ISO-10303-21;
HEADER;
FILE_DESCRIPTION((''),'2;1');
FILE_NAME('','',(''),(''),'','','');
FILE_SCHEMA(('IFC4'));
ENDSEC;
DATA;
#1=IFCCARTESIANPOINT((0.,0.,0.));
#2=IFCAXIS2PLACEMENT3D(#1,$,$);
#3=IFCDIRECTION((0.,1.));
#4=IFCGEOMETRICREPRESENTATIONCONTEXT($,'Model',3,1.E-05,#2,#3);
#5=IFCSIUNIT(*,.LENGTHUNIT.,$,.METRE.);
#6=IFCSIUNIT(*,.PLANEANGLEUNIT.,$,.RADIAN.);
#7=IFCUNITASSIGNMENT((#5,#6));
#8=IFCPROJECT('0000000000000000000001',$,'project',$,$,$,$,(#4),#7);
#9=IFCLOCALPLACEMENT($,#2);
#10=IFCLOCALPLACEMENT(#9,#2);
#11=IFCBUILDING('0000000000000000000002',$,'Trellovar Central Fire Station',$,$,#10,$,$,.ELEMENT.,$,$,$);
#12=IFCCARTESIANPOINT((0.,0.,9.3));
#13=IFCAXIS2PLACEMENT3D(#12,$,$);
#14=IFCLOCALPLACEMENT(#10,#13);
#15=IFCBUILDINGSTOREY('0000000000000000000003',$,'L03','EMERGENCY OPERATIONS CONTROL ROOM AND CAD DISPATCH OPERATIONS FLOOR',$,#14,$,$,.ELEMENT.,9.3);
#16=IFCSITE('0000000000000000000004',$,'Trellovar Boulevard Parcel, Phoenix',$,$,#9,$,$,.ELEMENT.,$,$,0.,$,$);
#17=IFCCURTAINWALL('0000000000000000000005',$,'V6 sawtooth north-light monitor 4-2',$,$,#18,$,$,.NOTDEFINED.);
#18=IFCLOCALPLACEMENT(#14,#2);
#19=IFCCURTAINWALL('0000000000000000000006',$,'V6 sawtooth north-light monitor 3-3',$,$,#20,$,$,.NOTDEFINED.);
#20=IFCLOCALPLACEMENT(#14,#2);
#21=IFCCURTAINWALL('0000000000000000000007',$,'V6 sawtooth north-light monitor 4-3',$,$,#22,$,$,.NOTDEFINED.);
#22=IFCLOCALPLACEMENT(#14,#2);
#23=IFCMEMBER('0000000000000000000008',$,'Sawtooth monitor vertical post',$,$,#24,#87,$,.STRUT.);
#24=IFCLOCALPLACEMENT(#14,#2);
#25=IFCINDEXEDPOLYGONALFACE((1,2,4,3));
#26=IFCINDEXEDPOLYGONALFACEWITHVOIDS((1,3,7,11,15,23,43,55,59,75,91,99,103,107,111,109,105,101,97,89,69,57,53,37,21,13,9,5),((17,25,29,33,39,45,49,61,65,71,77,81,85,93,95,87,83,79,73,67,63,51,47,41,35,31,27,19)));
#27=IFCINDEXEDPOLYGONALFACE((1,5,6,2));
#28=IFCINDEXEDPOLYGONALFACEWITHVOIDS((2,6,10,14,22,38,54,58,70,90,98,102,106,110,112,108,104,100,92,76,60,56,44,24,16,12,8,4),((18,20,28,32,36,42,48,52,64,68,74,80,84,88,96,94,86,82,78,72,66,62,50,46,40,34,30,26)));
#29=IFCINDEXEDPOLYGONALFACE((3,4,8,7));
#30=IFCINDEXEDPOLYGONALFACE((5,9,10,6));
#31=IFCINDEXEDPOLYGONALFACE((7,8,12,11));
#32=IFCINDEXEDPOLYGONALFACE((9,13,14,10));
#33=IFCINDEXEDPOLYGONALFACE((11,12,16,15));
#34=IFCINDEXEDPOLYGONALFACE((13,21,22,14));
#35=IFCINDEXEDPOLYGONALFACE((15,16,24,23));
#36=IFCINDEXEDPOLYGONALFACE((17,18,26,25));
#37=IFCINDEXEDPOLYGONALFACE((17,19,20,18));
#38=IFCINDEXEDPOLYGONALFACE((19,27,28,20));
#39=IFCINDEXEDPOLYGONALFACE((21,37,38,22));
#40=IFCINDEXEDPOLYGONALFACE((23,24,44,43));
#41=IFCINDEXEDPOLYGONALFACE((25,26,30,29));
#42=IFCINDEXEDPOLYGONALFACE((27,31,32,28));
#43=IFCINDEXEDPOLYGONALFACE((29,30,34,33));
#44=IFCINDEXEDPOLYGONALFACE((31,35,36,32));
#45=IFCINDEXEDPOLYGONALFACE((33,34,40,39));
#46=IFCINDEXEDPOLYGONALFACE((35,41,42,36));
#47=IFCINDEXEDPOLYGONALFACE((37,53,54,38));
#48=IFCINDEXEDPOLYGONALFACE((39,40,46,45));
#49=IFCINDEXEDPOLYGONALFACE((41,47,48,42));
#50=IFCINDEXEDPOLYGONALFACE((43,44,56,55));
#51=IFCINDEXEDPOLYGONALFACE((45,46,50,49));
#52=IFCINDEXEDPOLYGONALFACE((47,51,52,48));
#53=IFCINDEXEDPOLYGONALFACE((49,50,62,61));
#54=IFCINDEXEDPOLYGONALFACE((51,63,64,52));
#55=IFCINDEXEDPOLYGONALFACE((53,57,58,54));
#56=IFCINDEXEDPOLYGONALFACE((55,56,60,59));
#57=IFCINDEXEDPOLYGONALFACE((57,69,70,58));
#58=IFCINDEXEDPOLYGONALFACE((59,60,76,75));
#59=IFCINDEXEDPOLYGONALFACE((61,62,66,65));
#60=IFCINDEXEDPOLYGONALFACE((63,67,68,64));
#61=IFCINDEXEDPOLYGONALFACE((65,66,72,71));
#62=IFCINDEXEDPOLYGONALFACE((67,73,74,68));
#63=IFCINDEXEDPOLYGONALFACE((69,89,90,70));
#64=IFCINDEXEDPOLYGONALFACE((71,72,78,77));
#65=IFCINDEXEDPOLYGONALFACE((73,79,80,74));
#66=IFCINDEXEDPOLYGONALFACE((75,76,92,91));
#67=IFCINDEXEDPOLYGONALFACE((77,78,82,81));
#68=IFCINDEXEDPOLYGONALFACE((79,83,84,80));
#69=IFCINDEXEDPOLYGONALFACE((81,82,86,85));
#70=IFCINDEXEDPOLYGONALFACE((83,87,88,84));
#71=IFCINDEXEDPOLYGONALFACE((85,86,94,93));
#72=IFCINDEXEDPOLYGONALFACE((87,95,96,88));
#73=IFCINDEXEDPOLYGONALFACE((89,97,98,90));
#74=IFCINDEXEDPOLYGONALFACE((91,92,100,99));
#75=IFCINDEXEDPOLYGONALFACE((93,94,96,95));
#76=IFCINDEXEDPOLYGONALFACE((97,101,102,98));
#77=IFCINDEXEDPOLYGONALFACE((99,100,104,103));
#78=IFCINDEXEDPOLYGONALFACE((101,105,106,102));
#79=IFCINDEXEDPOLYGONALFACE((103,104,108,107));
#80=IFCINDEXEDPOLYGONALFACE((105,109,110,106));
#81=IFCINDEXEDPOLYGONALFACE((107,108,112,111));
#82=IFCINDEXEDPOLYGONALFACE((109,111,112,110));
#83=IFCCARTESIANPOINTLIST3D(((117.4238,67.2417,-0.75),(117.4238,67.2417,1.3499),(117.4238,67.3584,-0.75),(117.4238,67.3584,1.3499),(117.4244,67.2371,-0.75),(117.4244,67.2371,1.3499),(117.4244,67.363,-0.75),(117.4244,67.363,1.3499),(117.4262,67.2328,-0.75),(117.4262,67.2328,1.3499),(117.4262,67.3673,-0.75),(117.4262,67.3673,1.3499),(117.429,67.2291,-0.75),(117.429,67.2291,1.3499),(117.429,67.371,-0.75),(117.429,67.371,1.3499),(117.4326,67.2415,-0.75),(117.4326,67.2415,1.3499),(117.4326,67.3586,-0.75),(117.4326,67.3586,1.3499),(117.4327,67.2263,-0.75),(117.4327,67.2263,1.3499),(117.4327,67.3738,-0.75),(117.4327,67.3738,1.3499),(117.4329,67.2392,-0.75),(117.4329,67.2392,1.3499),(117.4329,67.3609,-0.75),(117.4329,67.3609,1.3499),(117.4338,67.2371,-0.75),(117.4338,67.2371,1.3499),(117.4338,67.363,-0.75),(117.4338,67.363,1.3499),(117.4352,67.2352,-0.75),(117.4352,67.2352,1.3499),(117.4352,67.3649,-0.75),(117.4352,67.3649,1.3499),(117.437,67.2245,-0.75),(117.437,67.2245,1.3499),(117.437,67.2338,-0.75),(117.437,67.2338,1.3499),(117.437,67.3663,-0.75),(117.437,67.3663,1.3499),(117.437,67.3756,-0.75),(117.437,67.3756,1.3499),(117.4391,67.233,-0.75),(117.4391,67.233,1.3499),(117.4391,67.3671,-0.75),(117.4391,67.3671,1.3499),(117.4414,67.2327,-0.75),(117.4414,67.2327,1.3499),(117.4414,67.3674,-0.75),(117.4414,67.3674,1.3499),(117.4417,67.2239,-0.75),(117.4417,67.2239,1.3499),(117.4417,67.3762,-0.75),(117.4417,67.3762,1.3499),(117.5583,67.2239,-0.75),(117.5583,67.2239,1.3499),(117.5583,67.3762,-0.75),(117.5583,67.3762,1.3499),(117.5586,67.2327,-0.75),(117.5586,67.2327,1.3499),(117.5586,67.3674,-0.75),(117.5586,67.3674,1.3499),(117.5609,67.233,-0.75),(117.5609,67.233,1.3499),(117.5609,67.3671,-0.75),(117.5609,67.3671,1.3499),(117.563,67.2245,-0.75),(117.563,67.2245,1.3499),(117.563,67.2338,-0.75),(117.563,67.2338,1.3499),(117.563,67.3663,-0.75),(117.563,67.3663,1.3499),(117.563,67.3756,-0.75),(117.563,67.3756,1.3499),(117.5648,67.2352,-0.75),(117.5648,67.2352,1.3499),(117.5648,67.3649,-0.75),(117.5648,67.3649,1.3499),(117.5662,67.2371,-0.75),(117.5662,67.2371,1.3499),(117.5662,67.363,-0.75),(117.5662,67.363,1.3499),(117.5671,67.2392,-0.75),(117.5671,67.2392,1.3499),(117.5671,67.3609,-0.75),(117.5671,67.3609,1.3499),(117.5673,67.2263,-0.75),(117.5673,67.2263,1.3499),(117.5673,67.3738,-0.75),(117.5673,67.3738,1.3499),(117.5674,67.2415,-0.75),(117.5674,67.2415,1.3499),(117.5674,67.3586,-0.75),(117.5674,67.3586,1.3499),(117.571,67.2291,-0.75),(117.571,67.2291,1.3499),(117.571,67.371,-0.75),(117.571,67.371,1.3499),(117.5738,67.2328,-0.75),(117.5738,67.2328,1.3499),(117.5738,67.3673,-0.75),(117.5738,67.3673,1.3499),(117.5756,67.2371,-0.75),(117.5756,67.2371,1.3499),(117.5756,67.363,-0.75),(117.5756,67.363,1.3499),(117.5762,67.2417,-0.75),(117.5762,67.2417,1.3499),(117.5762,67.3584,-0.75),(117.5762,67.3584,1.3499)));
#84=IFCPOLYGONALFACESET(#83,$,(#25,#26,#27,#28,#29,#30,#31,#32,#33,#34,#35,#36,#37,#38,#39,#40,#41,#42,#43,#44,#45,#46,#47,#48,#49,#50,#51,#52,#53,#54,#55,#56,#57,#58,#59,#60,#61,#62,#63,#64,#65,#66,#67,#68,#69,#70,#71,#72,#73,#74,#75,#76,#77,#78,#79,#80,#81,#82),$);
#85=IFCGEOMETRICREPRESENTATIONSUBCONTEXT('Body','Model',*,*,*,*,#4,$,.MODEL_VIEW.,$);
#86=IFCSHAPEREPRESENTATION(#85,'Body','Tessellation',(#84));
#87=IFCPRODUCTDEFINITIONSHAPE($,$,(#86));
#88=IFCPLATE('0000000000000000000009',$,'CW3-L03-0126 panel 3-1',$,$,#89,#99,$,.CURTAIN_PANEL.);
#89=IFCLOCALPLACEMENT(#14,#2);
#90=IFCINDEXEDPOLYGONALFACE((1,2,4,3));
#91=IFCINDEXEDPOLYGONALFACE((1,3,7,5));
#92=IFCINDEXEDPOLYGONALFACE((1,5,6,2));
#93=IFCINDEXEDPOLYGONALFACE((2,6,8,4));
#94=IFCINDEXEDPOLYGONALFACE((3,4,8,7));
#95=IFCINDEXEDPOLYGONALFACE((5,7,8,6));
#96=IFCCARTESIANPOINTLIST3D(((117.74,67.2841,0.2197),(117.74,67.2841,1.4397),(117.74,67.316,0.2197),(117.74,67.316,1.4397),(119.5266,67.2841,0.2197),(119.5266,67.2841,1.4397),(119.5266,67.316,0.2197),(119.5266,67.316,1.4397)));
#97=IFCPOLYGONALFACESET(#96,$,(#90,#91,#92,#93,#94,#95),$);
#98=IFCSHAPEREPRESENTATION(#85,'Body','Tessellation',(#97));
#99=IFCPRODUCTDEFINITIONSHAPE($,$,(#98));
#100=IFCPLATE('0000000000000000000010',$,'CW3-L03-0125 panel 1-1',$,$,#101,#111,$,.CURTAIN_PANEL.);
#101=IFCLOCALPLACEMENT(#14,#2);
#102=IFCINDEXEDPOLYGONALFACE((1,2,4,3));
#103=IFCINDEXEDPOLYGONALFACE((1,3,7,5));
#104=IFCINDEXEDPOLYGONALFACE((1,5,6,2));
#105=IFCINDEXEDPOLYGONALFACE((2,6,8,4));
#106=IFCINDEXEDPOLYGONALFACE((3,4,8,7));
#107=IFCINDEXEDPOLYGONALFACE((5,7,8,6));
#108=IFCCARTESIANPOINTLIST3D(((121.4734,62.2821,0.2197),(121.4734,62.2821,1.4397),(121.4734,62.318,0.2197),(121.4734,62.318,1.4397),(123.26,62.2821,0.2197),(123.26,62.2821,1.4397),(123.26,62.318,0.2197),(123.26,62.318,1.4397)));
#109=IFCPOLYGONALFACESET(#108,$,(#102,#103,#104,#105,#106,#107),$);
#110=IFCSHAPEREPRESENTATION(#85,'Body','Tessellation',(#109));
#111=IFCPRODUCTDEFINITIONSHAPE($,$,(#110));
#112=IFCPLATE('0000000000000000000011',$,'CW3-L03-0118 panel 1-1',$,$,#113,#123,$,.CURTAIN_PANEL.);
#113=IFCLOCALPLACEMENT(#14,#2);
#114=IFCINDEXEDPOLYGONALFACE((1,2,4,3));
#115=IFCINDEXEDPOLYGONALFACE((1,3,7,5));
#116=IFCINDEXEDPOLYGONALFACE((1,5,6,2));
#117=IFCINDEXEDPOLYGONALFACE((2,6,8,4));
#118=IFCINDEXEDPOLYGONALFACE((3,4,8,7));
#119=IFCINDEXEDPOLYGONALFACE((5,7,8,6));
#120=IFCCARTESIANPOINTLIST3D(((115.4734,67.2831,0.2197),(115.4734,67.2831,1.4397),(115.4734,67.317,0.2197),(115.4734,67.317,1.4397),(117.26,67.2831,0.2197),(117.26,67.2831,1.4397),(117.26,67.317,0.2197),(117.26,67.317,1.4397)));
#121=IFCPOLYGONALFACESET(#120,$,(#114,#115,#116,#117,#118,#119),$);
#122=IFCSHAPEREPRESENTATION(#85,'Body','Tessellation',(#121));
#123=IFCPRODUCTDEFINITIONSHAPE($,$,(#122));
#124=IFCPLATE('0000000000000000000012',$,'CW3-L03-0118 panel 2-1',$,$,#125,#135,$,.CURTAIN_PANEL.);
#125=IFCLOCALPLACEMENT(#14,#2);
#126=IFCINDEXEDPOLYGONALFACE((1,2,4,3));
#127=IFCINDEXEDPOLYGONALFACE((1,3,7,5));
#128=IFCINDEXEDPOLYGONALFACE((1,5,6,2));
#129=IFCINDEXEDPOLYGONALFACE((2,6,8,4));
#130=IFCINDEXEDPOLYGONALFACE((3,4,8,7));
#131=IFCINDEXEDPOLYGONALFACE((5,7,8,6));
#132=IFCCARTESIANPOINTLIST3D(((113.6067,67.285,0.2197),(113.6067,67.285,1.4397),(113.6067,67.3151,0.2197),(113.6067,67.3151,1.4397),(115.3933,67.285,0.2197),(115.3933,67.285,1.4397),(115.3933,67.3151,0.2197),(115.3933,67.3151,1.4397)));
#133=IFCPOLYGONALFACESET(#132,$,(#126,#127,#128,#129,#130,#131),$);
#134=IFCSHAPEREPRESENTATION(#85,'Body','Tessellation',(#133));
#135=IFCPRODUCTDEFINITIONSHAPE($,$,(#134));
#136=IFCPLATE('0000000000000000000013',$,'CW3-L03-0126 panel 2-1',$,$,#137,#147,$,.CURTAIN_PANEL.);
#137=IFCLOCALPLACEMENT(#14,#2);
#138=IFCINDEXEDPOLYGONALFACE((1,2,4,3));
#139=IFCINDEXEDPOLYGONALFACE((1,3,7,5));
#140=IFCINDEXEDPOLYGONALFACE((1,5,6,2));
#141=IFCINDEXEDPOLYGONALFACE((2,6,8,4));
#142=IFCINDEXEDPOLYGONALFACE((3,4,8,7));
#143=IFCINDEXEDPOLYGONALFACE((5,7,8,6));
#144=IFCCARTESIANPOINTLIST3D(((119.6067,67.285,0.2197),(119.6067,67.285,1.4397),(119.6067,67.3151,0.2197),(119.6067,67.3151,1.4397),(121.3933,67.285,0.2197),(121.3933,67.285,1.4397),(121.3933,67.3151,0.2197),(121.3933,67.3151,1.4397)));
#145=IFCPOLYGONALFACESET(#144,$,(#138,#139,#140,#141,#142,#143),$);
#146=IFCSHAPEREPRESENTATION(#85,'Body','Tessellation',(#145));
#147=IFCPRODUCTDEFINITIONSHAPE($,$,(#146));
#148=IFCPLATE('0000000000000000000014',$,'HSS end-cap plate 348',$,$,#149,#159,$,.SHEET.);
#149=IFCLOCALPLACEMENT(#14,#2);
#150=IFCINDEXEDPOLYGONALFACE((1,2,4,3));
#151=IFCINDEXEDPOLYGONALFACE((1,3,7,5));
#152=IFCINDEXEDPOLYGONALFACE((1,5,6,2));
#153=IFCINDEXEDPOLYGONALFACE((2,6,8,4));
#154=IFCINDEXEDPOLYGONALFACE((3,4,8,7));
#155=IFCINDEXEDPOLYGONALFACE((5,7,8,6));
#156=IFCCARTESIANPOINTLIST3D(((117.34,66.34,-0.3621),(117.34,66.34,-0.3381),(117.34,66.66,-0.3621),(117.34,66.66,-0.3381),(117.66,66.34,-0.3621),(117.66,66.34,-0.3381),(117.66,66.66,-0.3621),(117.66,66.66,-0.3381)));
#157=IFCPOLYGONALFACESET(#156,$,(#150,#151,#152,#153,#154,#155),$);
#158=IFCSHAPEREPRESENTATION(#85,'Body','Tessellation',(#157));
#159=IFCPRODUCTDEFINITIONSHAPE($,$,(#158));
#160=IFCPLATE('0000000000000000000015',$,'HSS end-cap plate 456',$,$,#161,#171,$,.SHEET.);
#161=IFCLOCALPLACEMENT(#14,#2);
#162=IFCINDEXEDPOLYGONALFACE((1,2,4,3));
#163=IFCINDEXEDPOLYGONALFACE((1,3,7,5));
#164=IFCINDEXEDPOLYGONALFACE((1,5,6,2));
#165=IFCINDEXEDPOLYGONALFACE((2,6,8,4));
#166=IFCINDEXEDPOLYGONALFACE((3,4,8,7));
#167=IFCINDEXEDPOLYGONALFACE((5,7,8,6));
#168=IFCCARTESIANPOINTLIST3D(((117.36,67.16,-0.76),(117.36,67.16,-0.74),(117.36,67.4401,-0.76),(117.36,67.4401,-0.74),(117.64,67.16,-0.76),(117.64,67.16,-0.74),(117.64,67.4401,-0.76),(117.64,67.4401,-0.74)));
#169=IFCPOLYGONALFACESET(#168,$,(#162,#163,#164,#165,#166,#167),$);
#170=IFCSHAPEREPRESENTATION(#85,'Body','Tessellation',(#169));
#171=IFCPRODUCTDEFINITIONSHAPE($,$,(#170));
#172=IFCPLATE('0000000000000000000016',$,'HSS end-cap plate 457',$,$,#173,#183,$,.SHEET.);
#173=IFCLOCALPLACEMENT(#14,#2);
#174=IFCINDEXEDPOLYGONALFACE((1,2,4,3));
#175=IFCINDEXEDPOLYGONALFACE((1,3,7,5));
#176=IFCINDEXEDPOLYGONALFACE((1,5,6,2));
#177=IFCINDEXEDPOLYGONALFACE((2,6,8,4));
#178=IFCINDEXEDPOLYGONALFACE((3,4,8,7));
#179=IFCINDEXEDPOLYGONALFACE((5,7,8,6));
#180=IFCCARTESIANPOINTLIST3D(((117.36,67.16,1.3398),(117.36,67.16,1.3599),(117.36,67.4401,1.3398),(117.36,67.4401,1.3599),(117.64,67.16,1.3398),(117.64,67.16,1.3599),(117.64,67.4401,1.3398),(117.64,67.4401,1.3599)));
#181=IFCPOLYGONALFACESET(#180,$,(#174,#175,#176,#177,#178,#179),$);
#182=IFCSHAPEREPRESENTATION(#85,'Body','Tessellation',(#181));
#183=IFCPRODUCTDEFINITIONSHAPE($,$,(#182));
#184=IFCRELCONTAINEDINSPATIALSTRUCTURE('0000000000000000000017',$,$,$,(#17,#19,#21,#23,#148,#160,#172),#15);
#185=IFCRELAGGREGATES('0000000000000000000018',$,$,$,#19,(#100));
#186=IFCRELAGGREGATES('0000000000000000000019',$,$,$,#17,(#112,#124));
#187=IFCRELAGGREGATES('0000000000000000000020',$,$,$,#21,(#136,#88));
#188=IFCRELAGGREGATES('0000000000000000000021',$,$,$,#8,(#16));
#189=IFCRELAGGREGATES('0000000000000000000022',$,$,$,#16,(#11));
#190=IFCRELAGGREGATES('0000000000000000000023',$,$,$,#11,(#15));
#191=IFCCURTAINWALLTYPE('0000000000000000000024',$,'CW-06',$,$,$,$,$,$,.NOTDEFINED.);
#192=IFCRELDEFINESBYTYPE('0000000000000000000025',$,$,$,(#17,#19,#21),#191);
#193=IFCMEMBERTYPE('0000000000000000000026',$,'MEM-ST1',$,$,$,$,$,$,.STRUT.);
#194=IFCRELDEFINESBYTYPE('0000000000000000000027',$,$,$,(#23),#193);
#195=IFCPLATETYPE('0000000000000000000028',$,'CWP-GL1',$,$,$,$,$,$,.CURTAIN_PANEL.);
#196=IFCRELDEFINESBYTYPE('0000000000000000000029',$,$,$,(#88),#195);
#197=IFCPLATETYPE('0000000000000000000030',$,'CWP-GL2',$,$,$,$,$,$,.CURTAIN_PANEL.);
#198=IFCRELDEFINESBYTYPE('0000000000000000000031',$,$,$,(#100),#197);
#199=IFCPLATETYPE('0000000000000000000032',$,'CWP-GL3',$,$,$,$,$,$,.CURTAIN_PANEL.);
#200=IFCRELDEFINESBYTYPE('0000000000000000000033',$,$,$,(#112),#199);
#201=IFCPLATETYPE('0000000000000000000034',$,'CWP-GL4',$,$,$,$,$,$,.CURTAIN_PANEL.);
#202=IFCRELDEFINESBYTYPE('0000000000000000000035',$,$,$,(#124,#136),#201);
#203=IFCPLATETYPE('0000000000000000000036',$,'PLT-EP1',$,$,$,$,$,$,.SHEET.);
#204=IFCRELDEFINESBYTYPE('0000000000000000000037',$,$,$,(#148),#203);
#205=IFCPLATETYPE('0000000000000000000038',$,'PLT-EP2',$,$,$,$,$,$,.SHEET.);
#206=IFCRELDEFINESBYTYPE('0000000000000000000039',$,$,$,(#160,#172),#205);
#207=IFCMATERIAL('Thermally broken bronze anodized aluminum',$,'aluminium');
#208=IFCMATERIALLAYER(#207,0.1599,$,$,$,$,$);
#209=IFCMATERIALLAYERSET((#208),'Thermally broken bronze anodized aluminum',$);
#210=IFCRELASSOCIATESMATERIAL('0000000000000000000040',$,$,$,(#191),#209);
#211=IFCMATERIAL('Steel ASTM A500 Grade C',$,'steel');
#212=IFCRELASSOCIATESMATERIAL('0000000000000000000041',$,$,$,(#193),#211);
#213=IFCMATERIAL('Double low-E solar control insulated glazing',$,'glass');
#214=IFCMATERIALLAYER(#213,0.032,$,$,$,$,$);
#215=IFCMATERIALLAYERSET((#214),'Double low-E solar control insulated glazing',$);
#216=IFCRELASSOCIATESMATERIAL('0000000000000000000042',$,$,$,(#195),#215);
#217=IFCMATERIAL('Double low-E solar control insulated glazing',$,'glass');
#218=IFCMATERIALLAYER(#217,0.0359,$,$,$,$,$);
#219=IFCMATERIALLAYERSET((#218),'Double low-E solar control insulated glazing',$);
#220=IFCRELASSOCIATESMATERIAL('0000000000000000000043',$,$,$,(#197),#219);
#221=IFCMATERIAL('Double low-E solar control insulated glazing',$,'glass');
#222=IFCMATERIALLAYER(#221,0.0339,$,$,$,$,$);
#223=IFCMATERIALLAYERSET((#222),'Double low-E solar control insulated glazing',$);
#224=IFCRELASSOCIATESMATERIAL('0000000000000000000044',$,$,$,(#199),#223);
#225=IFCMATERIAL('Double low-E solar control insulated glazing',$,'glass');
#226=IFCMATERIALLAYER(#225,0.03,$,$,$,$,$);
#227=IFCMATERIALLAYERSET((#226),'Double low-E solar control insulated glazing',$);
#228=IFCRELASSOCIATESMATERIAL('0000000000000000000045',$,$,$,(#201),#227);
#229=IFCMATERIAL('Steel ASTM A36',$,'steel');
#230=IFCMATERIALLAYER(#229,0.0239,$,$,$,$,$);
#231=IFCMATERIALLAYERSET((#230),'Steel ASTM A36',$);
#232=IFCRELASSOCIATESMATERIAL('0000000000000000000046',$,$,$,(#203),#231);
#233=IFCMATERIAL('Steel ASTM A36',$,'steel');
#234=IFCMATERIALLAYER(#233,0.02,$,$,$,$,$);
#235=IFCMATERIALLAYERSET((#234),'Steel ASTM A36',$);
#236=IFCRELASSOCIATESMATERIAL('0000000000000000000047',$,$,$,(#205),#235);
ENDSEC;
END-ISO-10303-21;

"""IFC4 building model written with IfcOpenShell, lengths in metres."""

from ifc_helpers import new_model, si_unit, direction, frame, origin, origin_2d, place, context, subcontext, project, spatial, rectangle, hollow_rectangle, extrude, material, layer, layer_set, material_profile, profile_set, type_object, element, aggregate, save


model = new_model("IFC4")

# Units and contexts
model_context = context("Model", 3, precision=1e-05, world=origin(), true_north=direction((0.0, 1.0)))
body_context = subcontext(model_context, "Body", "Model", "MODEL_VIEW")
ifc_project = project(units=[si_unit("LENGTHUNIT", "METRE"), si_unit("PLANEANGLEUNIT", "RADIAN")], contexts=[model_context])

# Site, building, storey
site_placement = place(None, origin())
site = spatial("IfcSite", under=ifc_project, at=site_placement, Name="Trellovar Boulevard Parcel, Phoenix", CompositionType="ELEMENT", RefElevation=0.0)
building_placement = place(site_placement, origin())
building = spatial("IfcBuilding", under=site, at=building_placement, Name="Trellovar Central Fire Station", CompositionType="ELEMENT")
storey_placement = place(building_placement, frame((0.0, 0.0, 9.3)))
storey = spatial("IfcBuildingStorey", under=building, at=storey_placement, Name="L03", Description="EMERGENCY OPERATIONS CONTROL ROOM AND CAD DISPATCH OPERATIONS FLOOR", CompositionType="ELEMENT", Elevation=9.3)

# Curtain wall
ifc_material_1 = material(Name="Thermally broken bronze anodized aluminum", Category="aluminium")
ifc_layer_1 = layer(ifc_material_1, 0.1599)
ifc_layer_set_1 = layer_set([ifc_layer_1], Name="Thermally broken bronze anodized aluminum")
curtain_wall_type = type_object("IfcCurtainWallType", Name="CW-06", PredefinedType="NOTDEFINED", material=ifc_layer_set_1)
curtain_wall_1_placement = place(storey_placement, origin())
curtain_wall_1 = element("IfcCurtainWall", 1, at=curtain_wall_1_placement, inside=storey, type_object=curtain_wall_type, Name="V6 sawtooth north-light monitor 4-2", PredefinedType="NOTDEFINED")

# Curtain wall
curtain_wall_2_placement = place(storey_placement, origin())
curtain_wall_2 = element("IfcCurtainWall", 2, at=curtain_wall_2_placement, inside=storey, type_object=curtain_wall_type, Name="V6 sawtooth north-light monitor 3-3", PredefinedType="NOTDEFINED")

# Curtain wall
curtain_wall_3_placement = place(storey_placement, origin())
curtain_wall_3 = element("IfcCurtainWall", 3, at=curtain_wall_3_placement, inside=storey, type_object=curtain_wall_type, Name="V6 sawtooth north-light monitor 4-3", PredefinedType="NOTDEFINED")

# Member
ifc_material_2 = material(Name="Steel ASTM A500 Grade C", Category="steel")
ifc_material_profile_1 = material_profile(ifc_material_2, hollow_rectangle(XDim=0.1523, YDim=0.1523, WallThickness=0.0088, InnerFilletRadius=0.0088, OuterFilletRadius=0.0178, at=origin_2d()), Name="HSS6X6X3/8")
ifc_profile_set_1 = profile_set([ifc_material_profile_1], Name="Steel ASTM A500 Grade C")
member_type_1 = type_object("IfcMemberType", Name="MEM-ST1", PredefinedType="STRUT", material=ifc_profile_set_1)
member_1_placement = place(storey_placement, frame((117.5, 67.3, -0.75), z_axis=(0.0, 0.0, 1.0), x_axis=(1.0, 0.0, 0.0)))
element("IfcMember", 4, at=member_1_placement, inside=storey, type_object=member_type_1, Name="Sawtooth monitor vertical post", PredefinedType="STRUT", context=body_context, shape_type="SweptSolid", body=[
    extrude(hollow_rectangle(XDim=0.1523, YDim=0.1523, WallThickness=0.0088, InnerFilletRadius=0.0088, OuterFilletRadius=0.0178, at=origin_2d()), origin(), (0.0, 0.0, 1.0), 2.0999),
])

# Plates
ifc_material_3 = material(Name="Double low-E solar control insulated glazing", Category="glass")
ifc_layer_2 = layer(ifc_material_3, 0.032)
ifc_layer_set_2 = layer_set([ifc_layer_2], Name="Double low-E solar control insulated glazing")
plate_type_1 = type_object("IfcPlateType", Name="CWP-GL1", PredefinedType="CURTAIN_PANEL", material=ifc_layer_set_2)
plate_1_placement = place(storey_placement, frame((118.6333, 67.3, 0.2197), z_axis=(0.0, 0.0, 1.0), x_axis=(-1.0, 0.0, 0.0)))
plate_1 = element("IfcPlate", 5, at=plate_1_placement, type_object=plate_type_1, Name="CW3-L03-0126 panel 3-1", PredefinedType="CURTAIN_PANEL", context=body_context, shape_type="SweptSolid", body=[
    extrude(rectangle(XDim=1.7866, YDim=0.032, at=origin_2d()), origin(), (0.0, 0.0, 1.0), 1.22),
])
ifc_material_4 = material(Name="Double low-E solar control insulated glazing", Category="glass")
ifc_layer_3 = layer(ifc_material_4, 0.0359)
ifc_layer_set_3 = layer_set([ifc_layer_3], Name="Double low-E solar control insulated glazing")
plate_type_2 = type_object("IfcPlateType", Name="CWP-GL2", PredefinedType="CURTAIN_PANEL", material=ifc_layer_set_3)
plate_2_placement = place(storey_placement, frame((122.3667, 62.3, 0.2197), z_axis=(0.0, 0.0, 1.0), x_axis=(-1.0, 0.0, 0.0)))
plate_2 = element("IfcPlate", 6, at=plate_2_placement, type_object=plate_type_2, Name="CW3-L03-0125 panel 1-1", PredefinedType="CURTAIN_PANEL", context=body_context, shape_type="SweptSolid", body=[
    extrude(rectangle(XDim=1.7866, YDim=0.0359, at=origin_2d()), origin(), (0.0, 0.0, 1.0), 1.22),
])
aggregate(curtain_wall_2, [plate_2])
ifc_material_5 = material(Name="Double low-E solar control insulated glazing", Category="glass")
ifc_layer_4 = layer(ifc_material_5, 0.0339)
ifc_layer_set_4 = layer_set([ifc_layer_4], Name="Double low-E solar control insulated glazing")
plate_type_3 = type_object("IfcPlateType", Name="CWP-GL3", PredefinedType="CURTAIN_PANEL", material=ifc_layer_set_4)
plate_3_placement = place(storey_placement, frame((116.3667, 67.3, 0.2197), z_axis=(0.0, 0.0, 1.0), x_axis=(-1.0, 0.0, 0.0)))
plate_3 = element("IfcPlate", 7, at=plate_3_placement, type_object=plate_type_3, Name="CW3-L03-0118 panel 1-1", PredefinedType="CURTAIN_PANEL", context=body_context, shape_type="SweptSolid", body=[
    extrude(rectangle(XDim=1.7866, YDim=0.0339, at=origin_2d()), origin(), (0.0, 0.0, 1.0), 1.22),
])
ifc_material_6 = material(Name="Double low-E solar control insulated glazing", Category="glass")
ifc_layer_5 = layer(ifc_material_6, 0.03)
ifc_layer_set_5 = layer_set([ifc_layer_5], Name="Double low-E solar control insulated glazing")
plate_type_4 = type_object("IfcPlateType", Name="CWP-GL4", PredefinedType="CURTAIN_PANEL", material=ifc_layer_set_5)
plate_4_placement = place(storey_placement, frame((114.5, 67.3, 0.2197), z_axis=(0.0, 0.0, 1.0), x_axis=(-1.0, 0.0, 0.0)))
plate_4 = element("IfcPlate", 8, at=plate_4_placement, type_object=plate_type_4, Name="CW3-L03-0118 panel 2-1", PredefinedType="CURTAIN_PANEL", context=body_context, shape_type="SweptSolid", body=[
    extrude(rectangle(XDim=1.7866, YDim=0.03, at=origin_2d()), origin(), (0.0, 0.0, 1.0), 1.22),
])
aggregate(curtain_wall_1, [plate_3, plate_4])
plate_5_placement = place(storey_placement, frame((120.5, 67.3, 0.2197), z_axis=(0.0, 0.0, 1.0), x_axis=(-1.0, 0.0, 0.0)))
plate_5 = element("IfcPlate", 9, at=plate_5_placement, type_object=plate_type_4, Name="CW3-L03-0126 panel 2-1", PredefinedType="CURTAIN_PANEL", context=body_context, shape_type="SweptSolid", body=[
    extrude(rectangle(XDim=1.7866, YDim=0.03, at=origin_2d()), origin(), (0.0, 0.0, 1.0), 1.22),
])
aggregate(curtain_wall_3, [plate_5, plate_1])

# Plates
ifc_material_7 = material(Name="Steel ASTM A36", Category="steel")
ifc_layer_6 = layer(ifc_material_7, 0.0239)
ifc_layer_set_6 = layer_set([ifc_layer_6], Name="Steel ASTM A36")
plate_type_5 = type_object("IfcPlateType", Name="PLT-EP1", PredefinedType="SHEET", material=ifc_layer_set_6)
plate_6_placement = place(storey_placement, frame((117.5, 66.5, -0.3621), z_axis=(0.0, 0.0, 1.0), x_axis=(1.0, 0.0, 0.0)))
element("IfcPlate", 10, at=plate_6_placement, inside=storey, type_object=plate_type_5, Name="HSS end-cap plate 348", PredefinedType="SHEET", context=body_context, shape_type="SweptSolid", body=[
    extrude(rectangle(XDim=0.3201, YDim=0.3201, at=origin_2d()), origin(), (0.0, 0.0, 1.0), 0.0239),
])
ifc_material_8 = material(Name="Steel ASTM A36", Category="steel")
ifc_layer_7 = layer(ifc_material_8, 0.02)
ifc_layer_set_7 = layer_set([ifc_layer_7], Name="Steel ASTM A36")
plate_type_6 = type_object("IfcPlateType", Name="PLT-EP2", PredefinedType="SHEET", material=ifc_layer_set_7)
for number, where, z_axis, x_axis, name in (
    (11, (117.5, 67.3, -0.76), (0.0, 0.0, 1.0), (1.0, 0.0, 0.0), "HSS end-cap plate 456"),
    (12, (117.5, 67.3, 1.3398), (0.0, 0.0, 1.0), (1.0, 0.0, 0.0), "HSS end-cap plate 457"),
):
    element("IfcPlate", number, at=place(storey_placement, frame(where, z_axis=z_axis, x_axis=x_axis)), inside=storey, type_object=plate_type_6, Name=name, PredefinedType="SHEET", context=body_context, shape_type="SweptSolid", body=[
        extrude(rectangle(XDim=0.28, YDim=0.28, at=origin_2d()), origin(), (0.0, 0.0, 1.0), 0.02),
    ])

save(model, "model.ifc")
